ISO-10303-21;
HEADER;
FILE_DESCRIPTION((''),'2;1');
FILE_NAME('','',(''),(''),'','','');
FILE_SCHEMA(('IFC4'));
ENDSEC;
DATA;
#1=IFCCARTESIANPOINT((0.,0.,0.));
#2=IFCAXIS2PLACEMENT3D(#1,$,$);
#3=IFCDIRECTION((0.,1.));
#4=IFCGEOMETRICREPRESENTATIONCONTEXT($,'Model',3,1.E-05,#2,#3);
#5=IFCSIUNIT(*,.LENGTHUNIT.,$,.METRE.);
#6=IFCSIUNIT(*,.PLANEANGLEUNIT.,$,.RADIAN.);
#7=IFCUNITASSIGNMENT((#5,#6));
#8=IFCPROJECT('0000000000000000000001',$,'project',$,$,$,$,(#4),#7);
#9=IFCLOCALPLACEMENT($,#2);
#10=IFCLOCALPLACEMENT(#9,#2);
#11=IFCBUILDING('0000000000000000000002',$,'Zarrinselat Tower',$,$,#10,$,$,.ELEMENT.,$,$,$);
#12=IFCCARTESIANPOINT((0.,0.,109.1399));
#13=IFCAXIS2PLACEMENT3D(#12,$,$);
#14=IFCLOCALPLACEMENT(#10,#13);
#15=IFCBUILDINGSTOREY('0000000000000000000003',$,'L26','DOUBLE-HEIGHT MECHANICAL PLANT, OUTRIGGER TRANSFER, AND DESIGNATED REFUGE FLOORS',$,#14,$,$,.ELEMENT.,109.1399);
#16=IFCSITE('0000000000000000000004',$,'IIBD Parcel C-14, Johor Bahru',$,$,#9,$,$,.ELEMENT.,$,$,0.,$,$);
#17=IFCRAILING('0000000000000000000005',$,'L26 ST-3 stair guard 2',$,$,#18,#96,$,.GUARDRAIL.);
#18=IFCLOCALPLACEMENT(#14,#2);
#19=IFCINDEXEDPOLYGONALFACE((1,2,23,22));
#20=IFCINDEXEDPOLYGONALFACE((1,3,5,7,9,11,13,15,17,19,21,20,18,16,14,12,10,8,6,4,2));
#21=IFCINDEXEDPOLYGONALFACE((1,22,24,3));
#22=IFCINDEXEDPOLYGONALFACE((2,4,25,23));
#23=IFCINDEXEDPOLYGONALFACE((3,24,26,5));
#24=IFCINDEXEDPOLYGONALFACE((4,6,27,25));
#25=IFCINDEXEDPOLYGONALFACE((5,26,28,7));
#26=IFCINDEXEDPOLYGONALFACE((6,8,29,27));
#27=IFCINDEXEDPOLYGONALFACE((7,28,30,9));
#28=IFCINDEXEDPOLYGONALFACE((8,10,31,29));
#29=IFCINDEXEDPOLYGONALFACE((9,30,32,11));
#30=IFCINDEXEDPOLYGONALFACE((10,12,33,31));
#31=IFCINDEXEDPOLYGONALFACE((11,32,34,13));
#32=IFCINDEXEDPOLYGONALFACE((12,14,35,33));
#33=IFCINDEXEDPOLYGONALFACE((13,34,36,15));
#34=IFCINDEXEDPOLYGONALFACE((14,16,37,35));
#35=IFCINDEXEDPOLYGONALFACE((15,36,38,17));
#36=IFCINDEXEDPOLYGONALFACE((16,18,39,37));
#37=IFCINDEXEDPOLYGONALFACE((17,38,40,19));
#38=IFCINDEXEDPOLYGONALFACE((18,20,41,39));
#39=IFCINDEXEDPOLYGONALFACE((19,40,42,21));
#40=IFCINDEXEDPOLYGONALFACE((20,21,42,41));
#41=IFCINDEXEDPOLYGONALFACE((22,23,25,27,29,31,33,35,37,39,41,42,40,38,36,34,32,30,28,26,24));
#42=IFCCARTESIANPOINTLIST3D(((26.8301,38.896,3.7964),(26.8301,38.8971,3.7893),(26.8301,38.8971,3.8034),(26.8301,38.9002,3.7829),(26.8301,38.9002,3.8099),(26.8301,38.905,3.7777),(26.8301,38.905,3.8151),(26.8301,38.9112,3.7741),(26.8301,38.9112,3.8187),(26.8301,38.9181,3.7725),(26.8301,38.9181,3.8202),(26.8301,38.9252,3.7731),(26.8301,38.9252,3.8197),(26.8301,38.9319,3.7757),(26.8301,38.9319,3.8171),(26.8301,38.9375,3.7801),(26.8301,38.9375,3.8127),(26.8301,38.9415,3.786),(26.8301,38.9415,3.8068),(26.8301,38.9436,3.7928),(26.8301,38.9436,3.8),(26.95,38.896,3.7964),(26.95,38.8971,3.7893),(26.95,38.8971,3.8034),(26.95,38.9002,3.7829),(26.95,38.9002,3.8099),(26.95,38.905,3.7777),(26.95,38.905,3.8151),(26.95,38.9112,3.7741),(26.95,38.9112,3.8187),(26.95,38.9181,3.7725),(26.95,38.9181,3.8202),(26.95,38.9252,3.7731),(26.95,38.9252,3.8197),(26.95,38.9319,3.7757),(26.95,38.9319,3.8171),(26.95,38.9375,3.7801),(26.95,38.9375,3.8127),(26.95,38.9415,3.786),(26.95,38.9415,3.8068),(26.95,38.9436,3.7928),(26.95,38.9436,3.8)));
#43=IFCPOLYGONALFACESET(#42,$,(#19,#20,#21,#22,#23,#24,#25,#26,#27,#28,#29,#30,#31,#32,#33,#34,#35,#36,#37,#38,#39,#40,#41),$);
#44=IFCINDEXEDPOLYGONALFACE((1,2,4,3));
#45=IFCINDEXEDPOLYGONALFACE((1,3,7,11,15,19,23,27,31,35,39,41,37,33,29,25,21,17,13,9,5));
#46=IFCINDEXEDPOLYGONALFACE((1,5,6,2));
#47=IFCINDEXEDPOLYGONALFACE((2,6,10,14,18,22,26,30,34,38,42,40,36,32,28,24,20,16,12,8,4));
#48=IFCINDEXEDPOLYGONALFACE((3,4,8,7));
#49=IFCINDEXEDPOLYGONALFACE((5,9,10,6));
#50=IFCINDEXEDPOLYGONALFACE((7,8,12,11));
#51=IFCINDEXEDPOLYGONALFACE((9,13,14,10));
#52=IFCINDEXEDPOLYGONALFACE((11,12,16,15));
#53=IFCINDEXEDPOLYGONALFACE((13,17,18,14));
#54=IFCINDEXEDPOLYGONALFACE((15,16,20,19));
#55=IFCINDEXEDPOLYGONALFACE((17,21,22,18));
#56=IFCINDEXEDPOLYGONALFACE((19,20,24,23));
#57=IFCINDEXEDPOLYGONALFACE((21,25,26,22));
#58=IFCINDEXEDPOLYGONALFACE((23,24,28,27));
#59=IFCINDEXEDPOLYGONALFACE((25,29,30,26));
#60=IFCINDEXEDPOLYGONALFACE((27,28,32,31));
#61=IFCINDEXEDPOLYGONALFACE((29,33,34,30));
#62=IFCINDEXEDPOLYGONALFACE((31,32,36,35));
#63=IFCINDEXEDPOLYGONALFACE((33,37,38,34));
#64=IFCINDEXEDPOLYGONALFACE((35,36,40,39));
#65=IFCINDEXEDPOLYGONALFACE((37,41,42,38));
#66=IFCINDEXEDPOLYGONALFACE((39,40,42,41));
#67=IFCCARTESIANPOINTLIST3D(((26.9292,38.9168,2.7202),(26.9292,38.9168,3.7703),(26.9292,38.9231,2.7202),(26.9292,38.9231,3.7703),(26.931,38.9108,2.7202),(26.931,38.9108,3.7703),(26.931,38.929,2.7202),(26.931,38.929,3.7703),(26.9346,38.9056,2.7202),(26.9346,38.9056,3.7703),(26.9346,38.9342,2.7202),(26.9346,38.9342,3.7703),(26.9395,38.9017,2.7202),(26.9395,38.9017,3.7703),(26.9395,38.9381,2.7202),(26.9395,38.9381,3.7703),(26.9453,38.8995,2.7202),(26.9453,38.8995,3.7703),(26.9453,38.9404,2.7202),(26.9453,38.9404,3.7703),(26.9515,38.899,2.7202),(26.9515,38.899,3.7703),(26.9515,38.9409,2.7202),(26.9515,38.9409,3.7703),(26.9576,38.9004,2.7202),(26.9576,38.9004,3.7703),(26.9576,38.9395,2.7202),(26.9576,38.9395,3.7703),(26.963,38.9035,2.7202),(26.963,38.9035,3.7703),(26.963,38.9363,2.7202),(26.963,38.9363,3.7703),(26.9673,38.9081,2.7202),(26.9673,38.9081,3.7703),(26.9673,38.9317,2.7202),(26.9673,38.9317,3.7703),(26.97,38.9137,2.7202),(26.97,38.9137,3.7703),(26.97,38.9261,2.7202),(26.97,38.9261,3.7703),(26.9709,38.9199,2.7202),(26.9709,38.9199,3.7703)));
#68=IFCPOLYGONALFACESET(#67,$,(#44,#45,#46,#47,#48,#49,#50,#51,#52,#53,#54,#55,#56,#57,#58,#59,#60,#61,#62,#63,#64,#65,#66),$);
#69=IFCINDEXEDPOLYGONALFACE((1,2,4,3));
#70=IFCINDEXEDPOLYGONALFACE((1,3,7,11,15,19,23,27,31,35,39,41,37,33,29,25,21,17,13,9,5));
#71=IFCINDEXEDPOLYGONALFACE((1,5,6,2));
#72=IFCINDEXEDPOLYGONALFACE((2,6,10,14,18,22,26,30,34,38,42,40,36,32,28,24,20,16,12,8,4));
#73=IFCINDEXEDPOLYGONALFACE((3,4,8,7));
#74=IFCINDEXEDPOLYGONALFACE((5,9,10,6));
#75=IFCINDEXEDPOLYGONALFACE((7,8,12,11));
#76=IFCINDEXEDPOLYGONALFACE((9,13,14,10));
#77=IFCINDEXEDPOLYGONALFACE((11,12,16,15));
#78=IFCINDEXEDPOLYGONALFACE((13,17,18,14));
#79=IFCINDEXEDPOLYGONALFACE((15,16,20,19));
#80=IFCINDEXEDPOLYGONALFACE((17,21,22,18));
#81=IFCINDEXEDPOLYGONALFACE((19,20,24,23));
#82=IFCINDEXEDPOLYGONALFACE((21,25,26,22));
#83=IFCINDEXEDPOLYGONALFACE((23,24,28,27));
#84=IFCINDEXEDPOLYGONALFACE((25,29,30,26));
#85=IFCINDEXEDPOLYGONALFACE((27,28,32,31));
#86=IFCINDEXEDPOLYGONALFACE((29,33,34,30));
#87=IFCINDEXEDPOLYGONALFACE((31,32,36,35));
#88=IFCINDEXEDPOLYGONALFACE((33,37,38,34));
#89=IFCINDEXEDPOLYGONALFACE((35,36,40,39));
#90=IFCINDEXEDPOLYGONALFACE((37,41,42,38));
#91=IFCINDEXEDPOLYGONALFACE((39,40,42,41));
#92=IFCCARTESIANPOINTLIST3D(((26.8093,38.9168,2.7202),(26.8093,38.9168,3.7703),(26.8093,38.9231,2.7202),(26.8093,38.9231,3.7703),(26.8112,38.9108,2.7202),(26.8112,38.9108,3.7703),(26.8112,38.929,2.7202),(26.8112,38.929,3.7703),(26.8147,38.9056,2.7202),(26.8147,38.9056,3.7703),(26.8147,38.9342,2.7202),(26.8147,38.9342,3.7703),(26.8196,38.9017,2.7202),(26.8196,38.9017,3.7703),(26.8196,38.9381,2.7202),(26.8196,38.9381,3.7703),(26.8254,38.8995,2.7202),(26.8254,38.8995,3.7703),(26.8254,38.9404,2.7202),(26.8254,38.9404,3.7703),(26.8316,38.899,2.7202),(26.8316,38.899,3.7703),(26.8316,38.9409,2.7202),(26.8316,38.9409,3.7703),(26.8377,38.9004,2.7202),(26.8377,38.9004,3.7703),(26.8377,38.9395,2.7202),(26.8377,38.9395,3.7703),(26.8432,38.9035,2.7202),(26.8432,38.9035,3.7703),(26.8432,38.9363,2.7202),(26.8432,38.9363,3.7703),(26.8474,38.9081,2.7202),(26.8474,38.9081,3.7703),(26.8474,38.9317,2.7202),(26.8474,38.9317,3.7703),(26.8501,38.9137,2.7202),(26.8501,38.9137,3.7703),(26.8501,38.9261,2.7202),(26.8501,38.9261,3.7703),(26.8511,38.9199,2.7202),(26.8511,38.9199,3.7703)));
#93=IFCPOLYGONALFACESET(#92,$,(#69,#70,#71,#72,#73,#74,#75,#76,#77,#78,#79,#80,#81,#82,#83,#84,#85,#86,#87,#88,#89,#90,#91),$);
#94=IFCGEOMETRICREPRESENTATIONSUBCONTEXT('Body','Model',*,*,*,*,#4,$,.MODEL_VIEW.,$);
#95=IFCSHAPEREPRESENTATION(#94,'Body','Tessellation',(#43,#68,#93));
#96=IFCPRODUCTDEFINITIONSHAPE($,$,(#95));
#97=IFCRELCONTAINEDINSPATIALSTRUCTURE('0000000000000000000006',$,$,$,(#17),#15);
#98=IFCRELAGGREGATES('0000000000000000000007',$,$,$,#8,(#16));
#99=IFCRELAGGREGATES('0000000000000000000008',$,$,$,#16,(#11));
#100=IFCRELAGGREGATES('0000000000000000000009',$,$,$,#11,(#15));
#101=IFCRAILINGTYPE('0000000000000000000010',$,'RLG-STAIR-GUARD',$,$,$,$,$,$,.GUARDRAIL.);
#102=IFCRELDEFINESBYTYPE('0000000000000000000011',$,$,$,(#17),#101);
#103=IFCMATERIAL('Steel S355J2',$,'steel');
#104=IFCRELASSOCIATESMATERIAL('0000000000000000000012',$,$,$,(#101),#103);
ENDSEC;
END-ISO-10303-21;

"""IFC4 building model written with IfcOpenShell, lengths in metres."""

from ifc_helpers import new_model, si_unit, direction, frame, origin, origin_2d, place, context, subcontext, project, spatial, circle, extrude, material, type_object, element, save


model = new_model("IFC4")

# Units and contexts
model_context = context("Model", 3, precision=1e-05, world=origin(), true_north=direction((0.0, 1.0)))
body_context = subcontext(model_context, "Body", "Model", "MODEL_VIEW")
ifc_project = project(units=[si_unit("LENGTHUNIT", "METRE"), si_unit("PLANEANGLEUNIT", "RADIAN")], contexts=[model_context])

# Site, building, storey
site_placement = place(None, origin())
site = spatial("IfcSite", under=ifc_project, at=site_placement, Name="IIBD Parcel C-14, Johor Bahru", CompositionType="ELEMENT", RefElevation=0.0)
building_placement = place(site_placement, origin())
building = spatial("IfcBuilding", under=site, at=building_placement, Name="Zarrinselat Tower", CompositionType="ELEMENT")
storey_placement = place(building_placement, frame((0.0, 0.0, 109.1399)))
storey = spatial("IfcBuildingStorey", under=building, at=storey_placement, Name="L26", Description="DOUBLE-HEIGHT MECHANICAL PLANT, OUTRIGGER TRANSFER, AND DESIGNATED REFUGE FLOORS", CompositionType="ELEMENT", Elevation=109.1399)

# Railing
ifc_material_1 = material(Name="Steel S355J2", Category="steel")
railing_type_1 = type_object("IfcRailingType", Name="RLG-STAIR-GUARD", PredefinedType="GUARDRAIL", material=ifc_material_1)
railing_1_placement = place(storey_placement, frame((26.95, 38.9199, 2.7202)))
element("IfcRailing", 1, at=railing_1_placement, inside=storey, type_object=railing_type_1, Name="L26 ST-3 stair guard 2", PredefinedType="GUARDRAIL", context=body_context, shape_type="SweptSolid", body=[
    extrude(circle(Radius=0.0239, at=origin_2d()), frame((0.0, 0.0, 1.0762), z_axis=(-1.0, 0.0, 0.0), x_axis=(0.0, -1.0, 0.0)), (0.0, 0.0, 1.0), 0.1199),
    extrude(circle(Radius=0.021, at=origin_2d()), origin(), (0.0, 0.0, 1.0), 1.05),
    extrude(circle(Radius=0.021, at=origin_2d()), frame((-0.1199, 0.0, 0.0)), (0.0, 0.0, 1.0), 1.05),
])

save(model, "model.ifc")
